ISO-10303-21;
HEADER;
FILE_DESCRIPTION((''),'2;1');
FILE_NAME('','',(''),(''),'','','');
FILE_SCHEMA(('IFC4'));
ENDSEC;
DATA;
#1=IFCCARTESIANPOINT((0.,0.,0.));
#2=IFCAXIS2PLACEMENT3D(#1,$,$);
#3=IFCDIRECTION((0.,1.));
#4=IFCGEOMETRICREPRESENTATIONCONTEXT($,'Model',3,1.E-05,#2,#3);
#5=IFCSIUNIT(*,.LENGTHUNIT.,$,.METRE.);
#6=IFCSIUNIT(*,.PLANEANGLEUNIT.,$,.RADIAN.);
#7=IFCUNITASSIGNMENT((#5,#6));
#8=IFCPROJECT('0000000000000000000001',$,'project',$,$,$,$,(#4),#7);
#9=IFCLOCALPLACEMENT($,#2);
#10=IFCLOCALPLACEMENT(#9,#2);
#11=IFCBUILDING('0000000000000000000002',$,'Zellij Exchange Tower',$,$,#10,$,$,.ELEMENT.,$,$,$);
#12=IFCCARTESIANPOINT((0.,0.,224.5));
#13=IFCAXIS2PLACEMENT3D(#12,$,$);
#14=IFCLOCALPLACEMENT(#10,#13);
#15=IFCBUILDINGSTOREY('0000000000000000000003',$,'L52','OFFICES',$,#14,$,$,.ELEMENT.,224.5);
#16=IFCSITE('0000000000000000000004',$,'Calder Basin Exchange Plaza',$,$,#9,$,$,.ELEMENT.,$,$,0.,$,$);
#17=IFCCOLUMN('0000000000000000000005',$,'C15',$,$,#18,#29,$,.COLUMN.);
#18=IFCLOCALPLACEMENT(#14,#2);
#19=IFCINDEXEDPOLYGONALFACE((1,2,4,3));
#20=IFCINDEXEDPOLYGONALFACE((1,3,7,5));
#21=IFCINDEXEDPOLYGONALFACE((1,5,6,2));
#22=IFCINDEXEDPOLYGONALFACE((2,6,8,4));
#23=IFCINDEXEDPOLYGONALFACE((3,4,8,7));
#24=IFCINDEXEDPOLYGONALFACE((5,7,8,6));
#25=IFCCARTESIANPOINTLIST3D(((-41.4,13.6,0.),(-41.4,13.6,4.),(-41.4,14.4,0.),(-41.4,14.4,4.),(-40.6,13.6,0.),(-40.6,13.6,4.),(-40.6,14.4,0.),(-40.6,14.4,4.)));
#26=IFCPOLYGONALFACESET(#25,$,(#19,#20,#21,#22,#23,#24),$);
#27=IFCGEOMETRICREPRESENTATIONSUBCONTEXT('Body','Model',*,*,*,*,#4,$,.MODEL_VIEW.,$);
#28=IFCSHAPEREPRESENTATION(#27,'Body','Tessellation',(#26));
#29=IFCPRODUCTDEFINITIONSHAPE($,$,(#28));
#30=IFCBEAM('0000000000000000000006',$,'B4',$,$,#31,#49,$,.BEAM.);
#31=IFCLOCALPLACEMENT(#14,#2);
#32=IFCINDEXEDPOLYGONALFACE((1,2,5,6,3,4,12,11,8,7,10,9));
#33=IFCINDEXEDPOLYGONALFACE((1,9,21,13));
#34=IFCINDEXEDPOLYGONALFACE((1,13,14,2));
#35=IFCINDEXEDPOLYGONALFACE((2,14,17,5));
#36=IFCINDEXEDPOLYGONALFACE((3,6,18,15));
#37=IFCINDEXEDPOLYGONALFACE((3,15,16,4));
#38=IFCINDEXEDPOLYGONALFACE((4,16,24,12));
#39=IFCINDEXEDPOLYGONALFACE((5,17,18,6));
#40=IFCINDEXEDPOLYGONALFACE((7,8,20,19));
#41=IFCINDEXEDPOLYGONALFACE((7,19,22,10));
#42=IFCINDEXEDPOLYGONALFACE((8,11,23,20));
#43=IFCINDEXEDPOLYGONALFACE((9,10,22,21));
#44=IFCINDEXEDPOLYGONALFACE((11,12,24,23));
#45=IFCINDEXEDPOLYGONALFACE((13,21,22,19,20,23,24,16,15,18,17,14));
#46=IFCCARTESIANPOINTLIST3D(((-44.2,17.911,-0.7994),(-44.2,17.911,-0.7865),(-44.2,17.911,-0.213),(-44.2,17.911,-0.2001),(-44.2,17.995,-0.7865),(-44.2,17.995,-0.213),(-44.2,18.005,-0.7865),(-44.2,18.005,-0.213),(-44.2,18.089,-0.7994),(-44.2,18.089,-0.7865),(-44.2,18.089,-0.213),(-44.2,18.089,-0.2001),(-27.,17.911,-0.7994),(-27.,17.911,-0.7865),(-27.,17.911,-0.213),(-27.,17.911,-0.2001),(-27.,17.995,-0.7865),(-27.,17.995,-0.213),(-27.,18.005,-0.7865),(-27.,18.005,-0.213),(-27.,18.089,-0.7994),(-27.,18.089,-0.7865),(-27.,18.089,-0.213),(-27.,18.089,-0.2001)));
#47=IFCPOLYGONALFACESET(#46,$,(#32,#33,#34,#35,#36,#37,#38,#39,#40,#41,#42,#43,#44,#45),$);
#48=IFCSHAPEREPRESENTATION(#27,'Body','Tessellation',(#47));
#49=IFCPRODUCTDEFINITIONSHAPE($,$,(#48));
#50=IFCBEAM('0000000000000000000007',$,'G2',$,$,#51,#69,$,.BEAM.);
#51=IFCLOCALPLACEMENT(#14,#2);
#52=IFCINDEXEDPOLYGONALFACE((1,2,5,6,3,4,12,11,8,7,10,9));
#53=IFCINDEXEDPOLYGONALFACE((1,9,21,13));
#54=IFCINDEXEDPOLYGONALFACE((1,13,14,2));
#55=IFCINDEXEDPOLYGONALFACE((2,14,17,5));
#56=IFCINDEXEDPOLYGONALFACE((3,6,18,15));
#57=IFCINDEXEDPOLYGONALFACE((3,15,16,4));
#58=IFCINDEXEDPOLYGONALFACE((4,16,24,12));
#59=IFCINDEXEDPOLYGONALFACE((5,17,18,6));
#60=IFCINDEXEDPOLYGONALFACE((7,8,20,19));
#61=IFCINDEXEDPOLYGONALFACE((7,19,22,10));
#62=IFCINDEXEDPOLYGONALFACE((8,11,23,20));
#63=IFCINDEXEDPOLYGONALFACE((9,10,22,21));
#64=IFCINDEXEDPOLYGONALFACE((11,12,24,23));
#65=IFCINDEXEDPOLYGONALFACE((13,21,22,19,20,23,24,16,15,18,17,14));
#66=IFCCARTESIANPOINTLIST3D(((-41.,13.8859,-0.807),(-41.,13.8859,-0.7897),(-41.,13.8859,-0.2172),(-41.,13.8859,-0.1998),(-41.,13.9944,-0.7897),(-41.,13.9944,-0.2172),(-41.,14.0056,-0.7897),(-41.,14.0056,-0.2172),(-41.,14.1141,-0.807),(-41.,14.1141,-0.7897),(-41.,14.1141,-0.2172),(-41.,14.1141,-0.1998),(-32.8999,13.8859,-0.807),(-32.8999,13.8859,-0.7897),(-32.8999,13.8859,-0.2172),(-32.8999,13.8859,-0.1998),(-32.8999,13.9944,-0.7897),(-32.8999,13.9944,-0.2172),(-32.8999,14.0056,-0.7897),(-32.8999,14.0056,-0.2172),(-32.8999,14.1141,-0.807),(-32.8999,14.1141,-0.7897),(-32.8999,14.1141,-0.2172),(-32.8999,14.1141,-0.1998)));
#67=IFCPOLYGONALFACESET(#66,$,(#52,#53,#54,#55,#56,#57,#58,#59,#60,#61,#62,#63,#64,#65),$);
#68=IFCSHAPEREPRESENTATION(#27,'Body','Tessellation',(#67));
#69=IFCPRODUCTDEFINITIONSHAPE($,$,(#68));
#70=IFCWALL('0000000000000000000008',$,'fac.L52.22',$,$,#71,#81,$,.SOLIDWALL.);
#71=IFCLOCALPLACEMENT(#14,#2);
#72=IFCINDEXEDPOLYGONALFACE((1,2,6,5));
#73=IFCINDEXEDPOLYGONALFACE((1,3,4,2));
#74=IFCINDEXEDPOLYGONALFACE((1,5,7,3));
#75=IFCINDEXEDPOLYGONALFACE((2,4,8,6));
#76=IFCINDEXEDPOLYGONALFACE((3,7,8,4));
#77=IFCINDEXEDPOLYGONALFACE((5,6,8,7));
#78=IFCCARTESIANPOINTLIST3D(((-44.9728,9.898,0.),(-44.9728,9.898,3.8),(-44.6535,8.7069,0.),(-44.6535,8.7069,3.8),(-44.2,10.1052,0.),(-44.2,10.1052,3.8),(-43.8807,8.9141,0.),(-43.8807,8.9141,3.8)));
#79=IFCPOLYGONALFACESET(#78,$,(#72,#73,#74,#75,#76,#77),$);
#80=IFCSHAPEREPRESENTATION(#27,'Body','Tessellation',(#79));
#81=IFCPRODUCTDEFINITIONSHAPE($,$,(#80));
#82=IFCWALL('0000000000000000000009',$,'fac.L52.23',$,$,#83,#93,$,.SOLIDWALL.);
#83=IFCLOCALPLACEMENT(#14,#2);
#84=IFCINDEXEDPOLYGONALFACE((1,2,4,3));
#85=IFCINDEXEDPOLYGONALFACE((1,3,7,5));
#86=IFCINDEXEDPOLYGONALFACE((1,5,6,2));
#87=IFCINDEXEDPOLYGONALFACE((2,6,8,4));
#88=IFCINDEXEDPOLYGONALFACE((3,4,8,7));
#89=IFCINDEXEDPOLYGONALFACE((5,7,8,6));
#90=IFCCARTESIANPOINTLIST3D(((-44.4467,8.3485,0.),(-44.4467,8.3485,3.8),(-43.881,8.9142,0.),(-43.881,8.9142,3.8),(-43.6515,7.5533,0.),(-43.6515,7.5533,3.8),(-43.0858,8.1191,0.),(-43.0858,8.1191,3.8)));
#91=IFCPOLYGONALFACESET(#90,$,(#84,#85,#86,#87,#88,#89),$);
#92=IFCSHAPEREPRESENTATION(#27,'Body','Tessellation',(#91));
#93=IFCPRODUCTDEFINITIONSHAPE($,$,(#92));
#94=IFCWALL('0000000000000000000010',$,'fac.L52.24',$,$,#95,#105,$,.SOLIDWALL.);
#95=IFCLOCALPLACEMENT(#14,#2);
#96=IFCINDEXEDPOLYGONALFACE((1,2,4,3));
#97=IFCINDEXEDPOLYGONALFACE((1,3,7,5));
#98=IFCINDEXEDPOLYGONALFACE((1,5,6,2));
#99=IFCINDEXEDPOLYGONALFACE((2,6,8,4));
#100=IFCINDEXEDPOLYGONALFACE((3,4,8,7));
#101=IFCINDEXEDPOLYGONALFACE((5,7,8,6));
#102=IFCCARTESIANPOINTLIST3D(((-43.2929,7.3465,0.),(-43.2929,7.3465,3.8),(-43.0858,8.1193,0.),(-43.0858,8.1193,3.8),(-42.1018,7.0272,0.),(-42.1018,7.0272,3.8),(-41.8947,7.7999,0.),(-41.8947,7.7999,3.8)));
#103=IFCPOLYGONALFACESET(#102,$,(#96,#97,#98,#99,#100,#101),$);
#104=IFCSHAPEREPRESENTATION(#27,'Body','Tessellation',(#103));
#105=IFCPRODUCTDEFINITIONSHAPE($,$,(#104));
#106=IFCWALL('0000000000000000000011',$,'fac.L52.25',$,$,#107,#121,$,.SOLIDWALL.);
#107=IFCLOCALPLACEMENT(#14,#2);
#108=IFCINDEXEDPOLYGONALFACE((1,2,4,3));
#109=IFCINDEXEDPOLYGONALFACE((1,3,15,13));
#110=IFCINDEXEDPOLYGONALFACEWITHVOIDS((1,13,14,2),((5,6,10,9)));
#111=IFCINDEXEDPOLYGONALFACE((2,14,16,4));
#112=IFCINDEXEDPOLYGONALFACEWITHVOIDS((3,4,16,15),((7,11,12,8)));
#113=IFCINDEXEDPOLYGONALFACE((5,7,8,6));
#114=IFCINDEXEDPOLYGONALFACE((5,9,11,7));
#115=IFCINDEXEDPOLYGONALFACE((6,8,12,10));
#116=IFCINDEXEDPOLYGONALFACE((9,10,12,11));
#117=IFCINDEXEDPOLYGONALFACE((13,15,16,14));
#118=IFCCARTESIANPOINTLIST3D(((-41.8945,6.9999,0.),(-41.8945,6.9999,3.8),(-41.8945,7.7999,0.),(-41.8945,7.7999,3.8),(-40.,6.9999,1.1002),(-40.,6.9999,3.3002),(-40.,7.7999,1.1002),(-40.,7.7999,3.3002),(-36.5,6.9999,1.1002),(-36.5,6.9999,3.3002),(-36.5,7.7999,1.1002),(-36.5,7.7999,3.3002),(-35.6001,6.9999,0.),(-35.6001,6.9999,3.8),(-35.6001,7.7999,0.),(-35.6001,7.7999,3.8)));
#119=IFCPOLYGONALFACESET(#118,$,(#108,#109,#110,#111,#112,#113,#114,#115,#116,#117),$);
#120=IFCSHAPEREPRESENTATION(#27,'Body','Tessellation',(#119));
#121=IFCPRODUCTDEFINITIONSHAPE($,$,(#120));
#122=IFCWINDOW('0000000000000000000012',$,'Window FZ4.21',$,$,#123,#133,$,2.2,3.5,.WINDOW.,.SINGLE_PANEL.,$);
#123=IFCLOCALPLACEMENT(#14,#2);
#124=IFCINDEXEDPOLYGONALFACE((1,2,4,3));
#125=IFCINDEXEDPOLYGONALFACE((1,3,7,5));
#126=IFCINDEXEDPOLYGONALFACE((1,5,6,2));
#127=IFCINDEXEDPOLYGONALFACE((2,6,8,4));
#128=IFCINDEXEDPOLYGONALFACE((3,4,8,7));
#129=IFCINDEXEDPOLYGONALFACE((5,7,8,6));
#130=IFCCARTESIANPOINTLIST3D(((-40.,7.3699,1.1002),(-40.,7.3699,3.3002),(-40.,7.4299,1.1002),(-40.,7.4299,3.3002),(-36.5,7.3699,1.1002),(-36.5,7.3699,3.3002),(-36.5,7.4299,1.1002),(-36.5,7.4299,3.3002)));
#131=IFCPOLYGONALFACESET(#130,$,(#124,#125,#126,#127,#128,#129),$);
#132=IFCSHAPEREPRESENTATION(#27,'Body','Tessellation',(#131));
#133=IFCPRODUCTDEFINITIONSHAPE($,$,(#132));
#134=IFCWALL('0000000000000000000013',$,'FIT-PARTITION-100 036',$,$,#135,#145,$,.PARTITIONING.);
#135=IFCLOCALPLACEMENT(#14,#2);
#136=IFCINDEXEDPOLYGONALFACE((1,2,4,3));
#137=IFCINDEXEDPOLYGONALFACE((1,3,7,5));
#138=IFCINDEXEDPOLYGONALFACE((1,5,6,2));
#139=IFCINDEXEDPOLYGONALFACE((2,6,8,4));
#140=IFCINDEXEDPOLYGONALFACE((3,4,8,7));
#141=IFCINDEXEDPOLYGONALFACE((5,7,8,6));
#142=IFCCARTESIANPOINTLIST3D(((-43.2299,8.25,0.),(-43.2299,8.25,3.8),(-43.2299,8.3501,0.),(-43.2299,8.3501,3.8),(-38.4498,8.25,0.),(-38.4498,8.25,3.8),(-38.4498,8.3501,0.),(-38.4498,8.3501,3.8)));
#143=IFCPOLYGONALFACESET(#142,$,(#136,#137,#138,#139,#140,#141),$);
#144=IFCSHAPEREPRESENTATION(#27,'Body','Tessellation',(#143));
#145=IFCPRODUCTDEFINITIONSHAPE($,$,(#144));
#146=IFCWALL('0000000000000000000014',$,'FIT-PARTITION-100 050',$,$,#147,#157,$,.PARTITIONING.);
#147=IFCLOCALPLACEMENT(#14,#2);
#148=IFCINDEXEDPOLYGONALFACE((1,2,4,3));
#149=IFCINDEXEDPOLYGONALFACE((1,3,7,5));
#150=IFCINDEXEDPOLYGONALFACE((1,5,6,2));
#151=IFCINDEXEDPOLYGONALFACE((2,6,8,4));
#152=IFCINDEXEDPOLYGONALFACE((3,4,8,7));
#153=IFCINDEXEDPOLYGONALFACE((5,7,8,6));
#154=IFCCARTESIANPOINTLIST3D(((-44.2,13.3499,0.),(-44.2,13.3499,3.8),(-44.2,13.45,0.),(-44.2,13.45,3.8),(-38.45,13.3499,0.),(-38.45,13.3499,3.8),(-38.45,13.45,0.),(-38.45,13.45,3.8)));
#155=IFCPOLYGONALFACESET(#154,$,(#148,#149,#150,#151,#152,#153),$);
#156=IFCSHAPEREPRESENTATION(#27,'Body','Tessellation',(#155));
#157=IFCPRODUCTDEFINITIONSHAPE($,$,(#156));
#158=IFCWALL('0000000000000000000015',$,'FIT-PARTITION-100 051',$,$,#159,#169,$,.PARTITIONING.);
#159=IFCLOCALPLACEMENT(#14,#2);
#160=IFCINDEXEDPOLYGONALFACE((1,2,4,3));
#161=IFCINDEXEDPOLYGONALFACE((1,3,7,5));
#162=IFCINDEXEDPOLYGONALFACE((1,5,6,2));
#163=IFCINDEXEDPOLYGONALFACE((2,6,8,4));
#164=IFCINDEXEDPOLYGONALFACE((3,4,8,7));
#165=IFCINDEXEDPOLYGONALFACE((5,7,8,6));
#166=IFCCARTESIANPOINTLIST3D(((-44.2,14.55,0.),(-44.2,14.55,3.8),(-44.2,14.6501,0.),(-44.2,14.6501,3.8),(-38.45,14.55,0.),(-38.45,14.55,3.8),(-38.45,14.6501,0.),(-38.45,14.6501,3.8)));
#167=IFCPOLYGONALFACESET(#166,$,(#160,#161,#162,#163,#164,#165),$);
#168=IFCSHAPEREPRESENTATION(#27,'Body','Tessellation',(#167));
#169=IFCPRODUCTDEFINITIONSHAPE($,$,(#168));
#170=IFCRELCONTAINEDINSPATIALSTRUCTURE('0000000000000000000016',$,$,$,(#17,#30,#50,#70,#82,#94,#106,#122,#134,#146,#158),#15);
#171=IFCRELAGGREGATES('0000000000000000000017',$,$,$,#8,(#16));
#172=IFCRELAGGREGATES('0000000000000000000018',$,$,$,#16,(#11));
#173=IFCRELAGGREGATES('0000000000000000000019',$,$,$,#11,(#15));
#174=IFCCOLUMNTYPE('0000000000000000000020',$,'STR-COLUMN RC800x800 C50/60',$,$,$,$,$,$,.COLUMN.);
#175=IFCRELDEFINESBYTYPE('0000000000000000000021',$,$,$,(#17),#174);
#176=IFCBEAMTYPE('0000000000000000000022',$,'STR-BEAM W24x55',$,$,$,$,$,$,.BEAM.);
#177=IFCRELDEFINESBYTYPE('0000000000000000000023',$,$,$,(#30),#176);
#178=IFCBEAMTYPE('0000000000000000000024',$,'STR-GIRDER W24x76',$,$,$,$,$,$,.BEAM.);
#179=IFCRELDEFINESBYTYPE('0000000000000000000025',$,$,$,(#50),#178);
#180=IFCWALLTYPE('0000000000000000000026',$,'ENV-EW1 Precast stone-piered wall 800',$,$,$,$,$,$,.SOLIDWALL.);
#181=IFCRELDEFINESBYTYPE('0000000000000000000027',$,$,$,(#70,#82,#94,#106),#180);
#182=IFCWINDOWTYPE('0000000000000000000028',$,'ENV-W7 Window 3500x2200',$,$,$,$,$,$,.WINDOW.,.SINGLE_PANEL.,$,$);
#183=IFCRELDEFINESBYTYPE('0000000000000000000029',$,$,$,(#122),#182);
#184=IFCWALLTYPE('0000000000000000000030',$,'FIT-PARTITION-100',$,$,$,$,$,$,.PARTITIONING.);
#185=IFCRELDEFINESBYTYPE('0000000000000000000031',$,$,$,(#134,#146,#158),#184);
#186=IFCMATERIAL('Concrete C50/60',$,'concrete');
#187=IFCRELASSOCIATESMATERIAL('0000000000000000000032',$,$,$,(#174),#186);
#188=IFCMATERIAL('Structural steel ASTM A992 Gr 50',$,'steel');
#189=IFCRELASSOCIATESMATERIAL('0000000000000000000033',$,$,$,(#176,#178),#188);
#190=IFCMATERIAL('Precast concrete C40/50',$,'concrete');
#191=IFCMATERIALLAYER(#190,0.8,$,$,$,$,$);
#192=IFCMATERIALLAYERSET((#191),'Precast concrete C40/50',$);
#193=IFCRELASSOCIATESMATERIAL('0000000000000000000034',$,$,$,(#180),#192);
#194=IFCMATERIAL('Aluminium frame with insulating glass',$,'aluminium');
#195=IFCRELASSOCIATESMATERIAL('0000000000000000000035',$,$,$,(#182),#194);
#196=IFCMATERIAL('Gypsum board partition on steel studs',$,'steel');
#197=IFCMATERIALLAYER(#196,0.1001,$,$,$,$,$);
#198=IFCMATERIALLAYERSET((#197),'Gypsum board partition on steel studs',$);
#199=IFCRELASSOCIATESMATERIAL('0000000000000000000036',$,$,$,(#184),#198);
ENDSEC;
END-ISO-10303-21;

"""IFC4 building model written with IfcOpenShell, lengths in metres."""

from ifc_helpers import new_model, si_unit, direction, frame, frame_2d, origin, origin_2d, place, context, subcontext, project, spatial, rectangle, i_section, extrude, material, layer, layer_set, material_profile, profile_set, type_object, element, fill, save


model = new_model("IFC4")

# Units and contexts
model_context = context("Model", 3, precision=1e-05, world=origin(), true_north=direction((0.0, 1.0)))
body_context = subcontext(model_context, "Body", "Model", "MODEL_VIEW")
ifc_project = project(units=[si_unit("LENGTHUNIT", "METRE"), si_unit("PLANEANGLEUNIT", "RADIAN")], contexts=[model_context])

# Site, building, storey
site_placement = place(None, origin())
site = spatial("IfcSite", under=ifc_project, at=site_placement, Name="Calder Basin Exchange Plaza", CompositionType="ELEMENT", RefElevation=0.0)
building_placement = place(site_placement, origin())
building = spatial("IfcBuilding", under=site, at=building_placement, Name="Zellij Exchange Tower", CompositionType="ELEMENT")
storey_placement = place(building_placement, frame((0.0, 0.0, 224.5)))
storey = spatial("IfcBuildingStorey", under=building, at=storey_placement, Name="L52", Description="OFFICES", CompositionType="ELEMENT", Elevation=224.5)

# Column
ifc_material_1 = material(Name="Concrete C50/60", Category="concrete")
ifc_material_profile_1 = material_profile(ifc_material_1, rectangle(XDim=0.8, YDim=0.8, at=origin_2d()), Name="STR-COLUMN RC800x800 C50/60")
ifc_profile_set_1 = profile_set([ifc_material_profile_1], Name="Concrete C50/60")
column_type = type_object("IfcColumnType", Name="STR-COLUMN RC800x800 C50/60", PredefinedType="COLUMN", material=ifc_profile_set_1)
column_placement = place(storey_placement, frame((-41.0, 14.0, 0.0), z_axis=(0.0, 0.0, 1.0), x_axis=(1.0, 0.0, 0.0)))
element("IfcColumn", 1, at=column_placement, inside=storey, type_object=column_type, Name="C15", PredefinedType="COLUMN", context=body_context, shape_type="SweptSolid", body=[
    extrude(rectangle(XDim=0.8, YDim=0.8, at=origin_2d()), origin(), (0.0, 0.0, 1.0), 4.0),
])

# Beams
ifc_material_2 = material(Name="Structural steel ASTM A992 Gr 50", Category="steel")
ifc_material_profile_2 = material_profile(ifc_material_2, i_section(OverallWidth=0.178, OverallDepth=0.5994, WebThickness=0.01, FlangeThickness=0.0129, at=origin_2d()), Name="W24x55")
ifc_profile_set_2 = profile_set([ifc_material_profile_2], Name="Structural steel ASTM A992 Gr 50")
beam_type_1 = type_object("IfcBeamType", Name="STR-BEAM W24x55", PredefinedType="BEAM", material=ifc_profile_set_2)
beam_1_placement = place(storey_placement, frame((-44.2, 18.0, -0.4998), z_axis=(1.0, 0.0, 0.0), x_axis=(0.0, 1.0, 0.0)))
element("IfcBeam", 2, at=beam_1_placement, inside=storey, type_object=beam_type_1, Name="B4", PredefinedType="BEAM", context=body_context, shape_type="SweptSolid", body=[
    extrude(i_section(OverallWidth=0.178, OverallDepth=0.5994, WebThickness=0.01, FlangeThickness=0.0129, at=origin_2d()), origin(), (0.0, 0.0, 1.0), 17.2),
])
ifc_material_profile_3 = material_profile(ifc_material_2, i_section(OverallWidth=0.2283, OverallDepth=0.6072, WebThickness=0.0112, FlangeThickness=0.0173, at=origin_2d()), Name="W24x76")
ifc_profile_set_3 = profile_set([ifc_material_profile_3], Name="Structural steel ASTM A992 Gr 50")
beam_type_2 = type_object("IfcBeamType", Name="STR-GIRDER W24x76", PredefinedType="BEAM", material=ifc_profile_set_3)
beam_2_placement = place(storey_placement, frame((-41.0, 14.0, -0.5034), z_axis=(1.0, 0.0, 0.0), x_axis=(0.0, 1.0, 0.0)))
element("IfcBeam", 3, at=beam_2_placement, inside=storey, type_object=beam_type_2, Name="G2", PredefinedType="BEAM", context=body_context, shape_type="SweptSolid", body=[
    extrude(i_section(OverallWidth=0.2283, OverallDepth=0.6072, WebThickness=0.0112, FlangeThickness=0.0173, at=origin_2d()), origin(), (0.0, 0.0, 1.0), 8.1001),
])

# Walls
ifc_material_3 = material(Name="Precast concrete C40/50", Category="concrete")
ifc_layer_1 = layer(ifc_material_3, 0.8)
ifc_layer_set_1 = layer_set([ifc_layer_1], Name="Precast concrete C40/50")
wall_type_1 = type_object("IfcWallType", Name="ENV-EW1 Precast stone-piered wall 800", PredefinedType="SOLIDWALL", material=ifc_layer_set_1)
wall_1_placement = place(storey_placement, frame((-44.5864, 10.0017, 0.0), z_axis=(0.0, 0.0, 1.0), x_axis=(0.258944, -0.965892, 0.0)))
element("IfcWall", 4, at=wall_1_placement, inside=storey, type_object=wall_type_1, Name="fac.L52.22", PredefinedType="SOLIDWALL", context=body_context, shape_type="SweptSolid", body=[
    extrude(rectangle(XDim=1.2332, YDim=0.8, at=frame_2d((0.6167, 0.0))), origin(), (0.0, 0.0, 1.0), 3.8),
])
wall_2_placement = place(storey_placement, frame((-44.1638, 8.6313, 0.0), z_axis=(0.0, 0.0, 1.0), x_axis=(0.707107, -0.707107, 0.0)))
element("IfcWall", 5, at=wall_2_placement, inside=storey, type_object=wall_type_1, Name="fac.L52.23", PredefinedType="SOLIDWALL", context=body_context, shape_type="SweptSolid", body=[
    extrude(rectangle(XDim=1.1245, YDim=0.8, at=frame_2d((0.5623, 0.0))), origin(), (0.0, 0.0, 1.0), 3.8),
])
wall_3_placement = place(storey_placement, frame((-43.1895, 7.7329, 0.0), z_axis=(0.0, 0.0, 1.0), x_axis=(0.965892, -0.258944, 0.0)))
element("IfcWall", 6, at=wall_3_placement, inside=storey, type_object=wall_type_1, Name="fac.L52.24", PredefinedType="SOLIDWALL", context=body_context, shape_type="SweptSolid", body=[
    extrude(rectangle(XDim=1.2332, YDim=0.8, at=frame_2d((0.6167, 0.0))), origin(), (0.0, 0.0, 1.0), 3.8),
])

# Wall, opening, window
wall_4_placement = place(storey_placement, frame((-41.8945, 7.3999, 0.0), z_axis=(0.0, 0.0, 1.0), x_axis=(1.0, 0.0, 0.0)))
wall_4 = element("IfcWall", 7, at=wall_4_placement, inside=storey, type_object=wall_type_1, Name="fac.L52.25", PredefinedType="SOLIDWALL", context=body_context, shape_type="SweptSolid", body=[
    extrude(rectangle(XDim=6.2944, YDim=0.8, at=frame_2d((3.1472, 0.0))), origin(), (0.0, 0.0, 1.0), 3.8),
])
opening_placement = place(wall_4_placement, frame((1.8945, 0.0, 1.1001)))
opening = element("IfcOpeningElement", 8, at=opening_placement, cuts=wall_4, PredefinedType="OPENING", context=body_context, shape_type="SweptSolid", body=[
    extrude(rectangle(XDim=3.5, YDim=2.2, at=frame_2d((1.75, 1.1001))), frame((0.0, 0.4121, 0.0), z_axis=(0.0, -1.0, 0.0), x_axis=(1.0, 0.0, 0.0)), (0.0, 0.0, 1.0), 0.824),
])
ifc_material_4 = material(Name="Aluminium frame with insulating glass", Category="aluminium")
window_type = type_object("IfcWindowType", Name="ENV-W7 Window 3500x2200", PartitioningType="SINGLE_PANEL", PredefinedType="WINDOW", material=ifc_material_4)
window_placement = place(opening_placement, origin())
window = element("IfcWindow", 9, at=window_placement, inside=storey, type_object=window_type, Name="Window FZ4.21", OverallHeight=2.2, OverallWidth=3.5, PartitioningType="SINGLE_PANEL", PredefinedType="WINDOW", context=body_context, shape_type="SweptSolid", body=[
    extrude(rectangle(XDim=3.5, YDim=2.2, at=frame_2d((1.75, 1.1001))), frame((0.0, 0.03, 0.0), z_axis=(0.0, -1.0, 0.0), x_axis=(1.0, 0.0, 0.0)), (0.0, 0.0, 1.0), 0.0601),
])
fill(opening, window)

# Walls
ifc_material_5 = material(Name="Gypsum board partition on steel studs", Category="steel")
ifc_layer_2 = layer(ifc_material_5, 0.1001)
ifc_layer_set_2 = layer_set([ifc_layer_2], Name="Gypsum board partition on steel studs")
wall_type_2 = type_object("IfcWallType", Name="FIT-PARTITION-100", PredefinedType="PARTITIONING", material=ifc_layer_set_2)
wall_5_placement = place(storey_placement, frame((-43.23, 8.3, 0.0), z_axis=(0.0, 0.0, 1.0), x_axis=(1.0, 0.0, 0.0)))
element("IfcWall", 10, at=wall_5_placement, inside=storey, type_object=wall_type_2, Name="FIT-PARTITION-100 036", PredefinedType="PARTITIONING", context=body_context, shape_type="SweptSolid", body=[
    extrude(rectangle(XDim=4.78, YDim=0.1001, at=frame_2d((2.3901, 0.0))), origin(), (0.0, 0.0, 1.0), 3.8),
])
for number, where, z_axis, x_axis, name in (
    (11, (-44.2, 13.3999, 0.0), (0.0, 0.0, 1.0), (1.0, 0.0, 0.0), "FIT-PARTITION-100 050"),
    (12, (-44.2, 14.6001, 0.0), (0.0, 0.0, 1.0), (1.0, 0.0, 0.0), "FIT-PARTITION-100 051"),
):
    element("IfcWall", number, at=place(storey_placement, frame(where, z_axis=z_axis, x_axis=x_axis)), inside=storey, type_object=wall_type_2, Name=name, PredefinedType="PARTITIONING", context=body_context, shape_type="SweptSolid", body=[
        extrude(rectangle(XDim=5.75, YDim=0.1001, at=frame_2d((2.875, 0.0))), origin(), (0.0, 0.0, 1.0), 3.8),
    ])

save(model, "model.ifc")
